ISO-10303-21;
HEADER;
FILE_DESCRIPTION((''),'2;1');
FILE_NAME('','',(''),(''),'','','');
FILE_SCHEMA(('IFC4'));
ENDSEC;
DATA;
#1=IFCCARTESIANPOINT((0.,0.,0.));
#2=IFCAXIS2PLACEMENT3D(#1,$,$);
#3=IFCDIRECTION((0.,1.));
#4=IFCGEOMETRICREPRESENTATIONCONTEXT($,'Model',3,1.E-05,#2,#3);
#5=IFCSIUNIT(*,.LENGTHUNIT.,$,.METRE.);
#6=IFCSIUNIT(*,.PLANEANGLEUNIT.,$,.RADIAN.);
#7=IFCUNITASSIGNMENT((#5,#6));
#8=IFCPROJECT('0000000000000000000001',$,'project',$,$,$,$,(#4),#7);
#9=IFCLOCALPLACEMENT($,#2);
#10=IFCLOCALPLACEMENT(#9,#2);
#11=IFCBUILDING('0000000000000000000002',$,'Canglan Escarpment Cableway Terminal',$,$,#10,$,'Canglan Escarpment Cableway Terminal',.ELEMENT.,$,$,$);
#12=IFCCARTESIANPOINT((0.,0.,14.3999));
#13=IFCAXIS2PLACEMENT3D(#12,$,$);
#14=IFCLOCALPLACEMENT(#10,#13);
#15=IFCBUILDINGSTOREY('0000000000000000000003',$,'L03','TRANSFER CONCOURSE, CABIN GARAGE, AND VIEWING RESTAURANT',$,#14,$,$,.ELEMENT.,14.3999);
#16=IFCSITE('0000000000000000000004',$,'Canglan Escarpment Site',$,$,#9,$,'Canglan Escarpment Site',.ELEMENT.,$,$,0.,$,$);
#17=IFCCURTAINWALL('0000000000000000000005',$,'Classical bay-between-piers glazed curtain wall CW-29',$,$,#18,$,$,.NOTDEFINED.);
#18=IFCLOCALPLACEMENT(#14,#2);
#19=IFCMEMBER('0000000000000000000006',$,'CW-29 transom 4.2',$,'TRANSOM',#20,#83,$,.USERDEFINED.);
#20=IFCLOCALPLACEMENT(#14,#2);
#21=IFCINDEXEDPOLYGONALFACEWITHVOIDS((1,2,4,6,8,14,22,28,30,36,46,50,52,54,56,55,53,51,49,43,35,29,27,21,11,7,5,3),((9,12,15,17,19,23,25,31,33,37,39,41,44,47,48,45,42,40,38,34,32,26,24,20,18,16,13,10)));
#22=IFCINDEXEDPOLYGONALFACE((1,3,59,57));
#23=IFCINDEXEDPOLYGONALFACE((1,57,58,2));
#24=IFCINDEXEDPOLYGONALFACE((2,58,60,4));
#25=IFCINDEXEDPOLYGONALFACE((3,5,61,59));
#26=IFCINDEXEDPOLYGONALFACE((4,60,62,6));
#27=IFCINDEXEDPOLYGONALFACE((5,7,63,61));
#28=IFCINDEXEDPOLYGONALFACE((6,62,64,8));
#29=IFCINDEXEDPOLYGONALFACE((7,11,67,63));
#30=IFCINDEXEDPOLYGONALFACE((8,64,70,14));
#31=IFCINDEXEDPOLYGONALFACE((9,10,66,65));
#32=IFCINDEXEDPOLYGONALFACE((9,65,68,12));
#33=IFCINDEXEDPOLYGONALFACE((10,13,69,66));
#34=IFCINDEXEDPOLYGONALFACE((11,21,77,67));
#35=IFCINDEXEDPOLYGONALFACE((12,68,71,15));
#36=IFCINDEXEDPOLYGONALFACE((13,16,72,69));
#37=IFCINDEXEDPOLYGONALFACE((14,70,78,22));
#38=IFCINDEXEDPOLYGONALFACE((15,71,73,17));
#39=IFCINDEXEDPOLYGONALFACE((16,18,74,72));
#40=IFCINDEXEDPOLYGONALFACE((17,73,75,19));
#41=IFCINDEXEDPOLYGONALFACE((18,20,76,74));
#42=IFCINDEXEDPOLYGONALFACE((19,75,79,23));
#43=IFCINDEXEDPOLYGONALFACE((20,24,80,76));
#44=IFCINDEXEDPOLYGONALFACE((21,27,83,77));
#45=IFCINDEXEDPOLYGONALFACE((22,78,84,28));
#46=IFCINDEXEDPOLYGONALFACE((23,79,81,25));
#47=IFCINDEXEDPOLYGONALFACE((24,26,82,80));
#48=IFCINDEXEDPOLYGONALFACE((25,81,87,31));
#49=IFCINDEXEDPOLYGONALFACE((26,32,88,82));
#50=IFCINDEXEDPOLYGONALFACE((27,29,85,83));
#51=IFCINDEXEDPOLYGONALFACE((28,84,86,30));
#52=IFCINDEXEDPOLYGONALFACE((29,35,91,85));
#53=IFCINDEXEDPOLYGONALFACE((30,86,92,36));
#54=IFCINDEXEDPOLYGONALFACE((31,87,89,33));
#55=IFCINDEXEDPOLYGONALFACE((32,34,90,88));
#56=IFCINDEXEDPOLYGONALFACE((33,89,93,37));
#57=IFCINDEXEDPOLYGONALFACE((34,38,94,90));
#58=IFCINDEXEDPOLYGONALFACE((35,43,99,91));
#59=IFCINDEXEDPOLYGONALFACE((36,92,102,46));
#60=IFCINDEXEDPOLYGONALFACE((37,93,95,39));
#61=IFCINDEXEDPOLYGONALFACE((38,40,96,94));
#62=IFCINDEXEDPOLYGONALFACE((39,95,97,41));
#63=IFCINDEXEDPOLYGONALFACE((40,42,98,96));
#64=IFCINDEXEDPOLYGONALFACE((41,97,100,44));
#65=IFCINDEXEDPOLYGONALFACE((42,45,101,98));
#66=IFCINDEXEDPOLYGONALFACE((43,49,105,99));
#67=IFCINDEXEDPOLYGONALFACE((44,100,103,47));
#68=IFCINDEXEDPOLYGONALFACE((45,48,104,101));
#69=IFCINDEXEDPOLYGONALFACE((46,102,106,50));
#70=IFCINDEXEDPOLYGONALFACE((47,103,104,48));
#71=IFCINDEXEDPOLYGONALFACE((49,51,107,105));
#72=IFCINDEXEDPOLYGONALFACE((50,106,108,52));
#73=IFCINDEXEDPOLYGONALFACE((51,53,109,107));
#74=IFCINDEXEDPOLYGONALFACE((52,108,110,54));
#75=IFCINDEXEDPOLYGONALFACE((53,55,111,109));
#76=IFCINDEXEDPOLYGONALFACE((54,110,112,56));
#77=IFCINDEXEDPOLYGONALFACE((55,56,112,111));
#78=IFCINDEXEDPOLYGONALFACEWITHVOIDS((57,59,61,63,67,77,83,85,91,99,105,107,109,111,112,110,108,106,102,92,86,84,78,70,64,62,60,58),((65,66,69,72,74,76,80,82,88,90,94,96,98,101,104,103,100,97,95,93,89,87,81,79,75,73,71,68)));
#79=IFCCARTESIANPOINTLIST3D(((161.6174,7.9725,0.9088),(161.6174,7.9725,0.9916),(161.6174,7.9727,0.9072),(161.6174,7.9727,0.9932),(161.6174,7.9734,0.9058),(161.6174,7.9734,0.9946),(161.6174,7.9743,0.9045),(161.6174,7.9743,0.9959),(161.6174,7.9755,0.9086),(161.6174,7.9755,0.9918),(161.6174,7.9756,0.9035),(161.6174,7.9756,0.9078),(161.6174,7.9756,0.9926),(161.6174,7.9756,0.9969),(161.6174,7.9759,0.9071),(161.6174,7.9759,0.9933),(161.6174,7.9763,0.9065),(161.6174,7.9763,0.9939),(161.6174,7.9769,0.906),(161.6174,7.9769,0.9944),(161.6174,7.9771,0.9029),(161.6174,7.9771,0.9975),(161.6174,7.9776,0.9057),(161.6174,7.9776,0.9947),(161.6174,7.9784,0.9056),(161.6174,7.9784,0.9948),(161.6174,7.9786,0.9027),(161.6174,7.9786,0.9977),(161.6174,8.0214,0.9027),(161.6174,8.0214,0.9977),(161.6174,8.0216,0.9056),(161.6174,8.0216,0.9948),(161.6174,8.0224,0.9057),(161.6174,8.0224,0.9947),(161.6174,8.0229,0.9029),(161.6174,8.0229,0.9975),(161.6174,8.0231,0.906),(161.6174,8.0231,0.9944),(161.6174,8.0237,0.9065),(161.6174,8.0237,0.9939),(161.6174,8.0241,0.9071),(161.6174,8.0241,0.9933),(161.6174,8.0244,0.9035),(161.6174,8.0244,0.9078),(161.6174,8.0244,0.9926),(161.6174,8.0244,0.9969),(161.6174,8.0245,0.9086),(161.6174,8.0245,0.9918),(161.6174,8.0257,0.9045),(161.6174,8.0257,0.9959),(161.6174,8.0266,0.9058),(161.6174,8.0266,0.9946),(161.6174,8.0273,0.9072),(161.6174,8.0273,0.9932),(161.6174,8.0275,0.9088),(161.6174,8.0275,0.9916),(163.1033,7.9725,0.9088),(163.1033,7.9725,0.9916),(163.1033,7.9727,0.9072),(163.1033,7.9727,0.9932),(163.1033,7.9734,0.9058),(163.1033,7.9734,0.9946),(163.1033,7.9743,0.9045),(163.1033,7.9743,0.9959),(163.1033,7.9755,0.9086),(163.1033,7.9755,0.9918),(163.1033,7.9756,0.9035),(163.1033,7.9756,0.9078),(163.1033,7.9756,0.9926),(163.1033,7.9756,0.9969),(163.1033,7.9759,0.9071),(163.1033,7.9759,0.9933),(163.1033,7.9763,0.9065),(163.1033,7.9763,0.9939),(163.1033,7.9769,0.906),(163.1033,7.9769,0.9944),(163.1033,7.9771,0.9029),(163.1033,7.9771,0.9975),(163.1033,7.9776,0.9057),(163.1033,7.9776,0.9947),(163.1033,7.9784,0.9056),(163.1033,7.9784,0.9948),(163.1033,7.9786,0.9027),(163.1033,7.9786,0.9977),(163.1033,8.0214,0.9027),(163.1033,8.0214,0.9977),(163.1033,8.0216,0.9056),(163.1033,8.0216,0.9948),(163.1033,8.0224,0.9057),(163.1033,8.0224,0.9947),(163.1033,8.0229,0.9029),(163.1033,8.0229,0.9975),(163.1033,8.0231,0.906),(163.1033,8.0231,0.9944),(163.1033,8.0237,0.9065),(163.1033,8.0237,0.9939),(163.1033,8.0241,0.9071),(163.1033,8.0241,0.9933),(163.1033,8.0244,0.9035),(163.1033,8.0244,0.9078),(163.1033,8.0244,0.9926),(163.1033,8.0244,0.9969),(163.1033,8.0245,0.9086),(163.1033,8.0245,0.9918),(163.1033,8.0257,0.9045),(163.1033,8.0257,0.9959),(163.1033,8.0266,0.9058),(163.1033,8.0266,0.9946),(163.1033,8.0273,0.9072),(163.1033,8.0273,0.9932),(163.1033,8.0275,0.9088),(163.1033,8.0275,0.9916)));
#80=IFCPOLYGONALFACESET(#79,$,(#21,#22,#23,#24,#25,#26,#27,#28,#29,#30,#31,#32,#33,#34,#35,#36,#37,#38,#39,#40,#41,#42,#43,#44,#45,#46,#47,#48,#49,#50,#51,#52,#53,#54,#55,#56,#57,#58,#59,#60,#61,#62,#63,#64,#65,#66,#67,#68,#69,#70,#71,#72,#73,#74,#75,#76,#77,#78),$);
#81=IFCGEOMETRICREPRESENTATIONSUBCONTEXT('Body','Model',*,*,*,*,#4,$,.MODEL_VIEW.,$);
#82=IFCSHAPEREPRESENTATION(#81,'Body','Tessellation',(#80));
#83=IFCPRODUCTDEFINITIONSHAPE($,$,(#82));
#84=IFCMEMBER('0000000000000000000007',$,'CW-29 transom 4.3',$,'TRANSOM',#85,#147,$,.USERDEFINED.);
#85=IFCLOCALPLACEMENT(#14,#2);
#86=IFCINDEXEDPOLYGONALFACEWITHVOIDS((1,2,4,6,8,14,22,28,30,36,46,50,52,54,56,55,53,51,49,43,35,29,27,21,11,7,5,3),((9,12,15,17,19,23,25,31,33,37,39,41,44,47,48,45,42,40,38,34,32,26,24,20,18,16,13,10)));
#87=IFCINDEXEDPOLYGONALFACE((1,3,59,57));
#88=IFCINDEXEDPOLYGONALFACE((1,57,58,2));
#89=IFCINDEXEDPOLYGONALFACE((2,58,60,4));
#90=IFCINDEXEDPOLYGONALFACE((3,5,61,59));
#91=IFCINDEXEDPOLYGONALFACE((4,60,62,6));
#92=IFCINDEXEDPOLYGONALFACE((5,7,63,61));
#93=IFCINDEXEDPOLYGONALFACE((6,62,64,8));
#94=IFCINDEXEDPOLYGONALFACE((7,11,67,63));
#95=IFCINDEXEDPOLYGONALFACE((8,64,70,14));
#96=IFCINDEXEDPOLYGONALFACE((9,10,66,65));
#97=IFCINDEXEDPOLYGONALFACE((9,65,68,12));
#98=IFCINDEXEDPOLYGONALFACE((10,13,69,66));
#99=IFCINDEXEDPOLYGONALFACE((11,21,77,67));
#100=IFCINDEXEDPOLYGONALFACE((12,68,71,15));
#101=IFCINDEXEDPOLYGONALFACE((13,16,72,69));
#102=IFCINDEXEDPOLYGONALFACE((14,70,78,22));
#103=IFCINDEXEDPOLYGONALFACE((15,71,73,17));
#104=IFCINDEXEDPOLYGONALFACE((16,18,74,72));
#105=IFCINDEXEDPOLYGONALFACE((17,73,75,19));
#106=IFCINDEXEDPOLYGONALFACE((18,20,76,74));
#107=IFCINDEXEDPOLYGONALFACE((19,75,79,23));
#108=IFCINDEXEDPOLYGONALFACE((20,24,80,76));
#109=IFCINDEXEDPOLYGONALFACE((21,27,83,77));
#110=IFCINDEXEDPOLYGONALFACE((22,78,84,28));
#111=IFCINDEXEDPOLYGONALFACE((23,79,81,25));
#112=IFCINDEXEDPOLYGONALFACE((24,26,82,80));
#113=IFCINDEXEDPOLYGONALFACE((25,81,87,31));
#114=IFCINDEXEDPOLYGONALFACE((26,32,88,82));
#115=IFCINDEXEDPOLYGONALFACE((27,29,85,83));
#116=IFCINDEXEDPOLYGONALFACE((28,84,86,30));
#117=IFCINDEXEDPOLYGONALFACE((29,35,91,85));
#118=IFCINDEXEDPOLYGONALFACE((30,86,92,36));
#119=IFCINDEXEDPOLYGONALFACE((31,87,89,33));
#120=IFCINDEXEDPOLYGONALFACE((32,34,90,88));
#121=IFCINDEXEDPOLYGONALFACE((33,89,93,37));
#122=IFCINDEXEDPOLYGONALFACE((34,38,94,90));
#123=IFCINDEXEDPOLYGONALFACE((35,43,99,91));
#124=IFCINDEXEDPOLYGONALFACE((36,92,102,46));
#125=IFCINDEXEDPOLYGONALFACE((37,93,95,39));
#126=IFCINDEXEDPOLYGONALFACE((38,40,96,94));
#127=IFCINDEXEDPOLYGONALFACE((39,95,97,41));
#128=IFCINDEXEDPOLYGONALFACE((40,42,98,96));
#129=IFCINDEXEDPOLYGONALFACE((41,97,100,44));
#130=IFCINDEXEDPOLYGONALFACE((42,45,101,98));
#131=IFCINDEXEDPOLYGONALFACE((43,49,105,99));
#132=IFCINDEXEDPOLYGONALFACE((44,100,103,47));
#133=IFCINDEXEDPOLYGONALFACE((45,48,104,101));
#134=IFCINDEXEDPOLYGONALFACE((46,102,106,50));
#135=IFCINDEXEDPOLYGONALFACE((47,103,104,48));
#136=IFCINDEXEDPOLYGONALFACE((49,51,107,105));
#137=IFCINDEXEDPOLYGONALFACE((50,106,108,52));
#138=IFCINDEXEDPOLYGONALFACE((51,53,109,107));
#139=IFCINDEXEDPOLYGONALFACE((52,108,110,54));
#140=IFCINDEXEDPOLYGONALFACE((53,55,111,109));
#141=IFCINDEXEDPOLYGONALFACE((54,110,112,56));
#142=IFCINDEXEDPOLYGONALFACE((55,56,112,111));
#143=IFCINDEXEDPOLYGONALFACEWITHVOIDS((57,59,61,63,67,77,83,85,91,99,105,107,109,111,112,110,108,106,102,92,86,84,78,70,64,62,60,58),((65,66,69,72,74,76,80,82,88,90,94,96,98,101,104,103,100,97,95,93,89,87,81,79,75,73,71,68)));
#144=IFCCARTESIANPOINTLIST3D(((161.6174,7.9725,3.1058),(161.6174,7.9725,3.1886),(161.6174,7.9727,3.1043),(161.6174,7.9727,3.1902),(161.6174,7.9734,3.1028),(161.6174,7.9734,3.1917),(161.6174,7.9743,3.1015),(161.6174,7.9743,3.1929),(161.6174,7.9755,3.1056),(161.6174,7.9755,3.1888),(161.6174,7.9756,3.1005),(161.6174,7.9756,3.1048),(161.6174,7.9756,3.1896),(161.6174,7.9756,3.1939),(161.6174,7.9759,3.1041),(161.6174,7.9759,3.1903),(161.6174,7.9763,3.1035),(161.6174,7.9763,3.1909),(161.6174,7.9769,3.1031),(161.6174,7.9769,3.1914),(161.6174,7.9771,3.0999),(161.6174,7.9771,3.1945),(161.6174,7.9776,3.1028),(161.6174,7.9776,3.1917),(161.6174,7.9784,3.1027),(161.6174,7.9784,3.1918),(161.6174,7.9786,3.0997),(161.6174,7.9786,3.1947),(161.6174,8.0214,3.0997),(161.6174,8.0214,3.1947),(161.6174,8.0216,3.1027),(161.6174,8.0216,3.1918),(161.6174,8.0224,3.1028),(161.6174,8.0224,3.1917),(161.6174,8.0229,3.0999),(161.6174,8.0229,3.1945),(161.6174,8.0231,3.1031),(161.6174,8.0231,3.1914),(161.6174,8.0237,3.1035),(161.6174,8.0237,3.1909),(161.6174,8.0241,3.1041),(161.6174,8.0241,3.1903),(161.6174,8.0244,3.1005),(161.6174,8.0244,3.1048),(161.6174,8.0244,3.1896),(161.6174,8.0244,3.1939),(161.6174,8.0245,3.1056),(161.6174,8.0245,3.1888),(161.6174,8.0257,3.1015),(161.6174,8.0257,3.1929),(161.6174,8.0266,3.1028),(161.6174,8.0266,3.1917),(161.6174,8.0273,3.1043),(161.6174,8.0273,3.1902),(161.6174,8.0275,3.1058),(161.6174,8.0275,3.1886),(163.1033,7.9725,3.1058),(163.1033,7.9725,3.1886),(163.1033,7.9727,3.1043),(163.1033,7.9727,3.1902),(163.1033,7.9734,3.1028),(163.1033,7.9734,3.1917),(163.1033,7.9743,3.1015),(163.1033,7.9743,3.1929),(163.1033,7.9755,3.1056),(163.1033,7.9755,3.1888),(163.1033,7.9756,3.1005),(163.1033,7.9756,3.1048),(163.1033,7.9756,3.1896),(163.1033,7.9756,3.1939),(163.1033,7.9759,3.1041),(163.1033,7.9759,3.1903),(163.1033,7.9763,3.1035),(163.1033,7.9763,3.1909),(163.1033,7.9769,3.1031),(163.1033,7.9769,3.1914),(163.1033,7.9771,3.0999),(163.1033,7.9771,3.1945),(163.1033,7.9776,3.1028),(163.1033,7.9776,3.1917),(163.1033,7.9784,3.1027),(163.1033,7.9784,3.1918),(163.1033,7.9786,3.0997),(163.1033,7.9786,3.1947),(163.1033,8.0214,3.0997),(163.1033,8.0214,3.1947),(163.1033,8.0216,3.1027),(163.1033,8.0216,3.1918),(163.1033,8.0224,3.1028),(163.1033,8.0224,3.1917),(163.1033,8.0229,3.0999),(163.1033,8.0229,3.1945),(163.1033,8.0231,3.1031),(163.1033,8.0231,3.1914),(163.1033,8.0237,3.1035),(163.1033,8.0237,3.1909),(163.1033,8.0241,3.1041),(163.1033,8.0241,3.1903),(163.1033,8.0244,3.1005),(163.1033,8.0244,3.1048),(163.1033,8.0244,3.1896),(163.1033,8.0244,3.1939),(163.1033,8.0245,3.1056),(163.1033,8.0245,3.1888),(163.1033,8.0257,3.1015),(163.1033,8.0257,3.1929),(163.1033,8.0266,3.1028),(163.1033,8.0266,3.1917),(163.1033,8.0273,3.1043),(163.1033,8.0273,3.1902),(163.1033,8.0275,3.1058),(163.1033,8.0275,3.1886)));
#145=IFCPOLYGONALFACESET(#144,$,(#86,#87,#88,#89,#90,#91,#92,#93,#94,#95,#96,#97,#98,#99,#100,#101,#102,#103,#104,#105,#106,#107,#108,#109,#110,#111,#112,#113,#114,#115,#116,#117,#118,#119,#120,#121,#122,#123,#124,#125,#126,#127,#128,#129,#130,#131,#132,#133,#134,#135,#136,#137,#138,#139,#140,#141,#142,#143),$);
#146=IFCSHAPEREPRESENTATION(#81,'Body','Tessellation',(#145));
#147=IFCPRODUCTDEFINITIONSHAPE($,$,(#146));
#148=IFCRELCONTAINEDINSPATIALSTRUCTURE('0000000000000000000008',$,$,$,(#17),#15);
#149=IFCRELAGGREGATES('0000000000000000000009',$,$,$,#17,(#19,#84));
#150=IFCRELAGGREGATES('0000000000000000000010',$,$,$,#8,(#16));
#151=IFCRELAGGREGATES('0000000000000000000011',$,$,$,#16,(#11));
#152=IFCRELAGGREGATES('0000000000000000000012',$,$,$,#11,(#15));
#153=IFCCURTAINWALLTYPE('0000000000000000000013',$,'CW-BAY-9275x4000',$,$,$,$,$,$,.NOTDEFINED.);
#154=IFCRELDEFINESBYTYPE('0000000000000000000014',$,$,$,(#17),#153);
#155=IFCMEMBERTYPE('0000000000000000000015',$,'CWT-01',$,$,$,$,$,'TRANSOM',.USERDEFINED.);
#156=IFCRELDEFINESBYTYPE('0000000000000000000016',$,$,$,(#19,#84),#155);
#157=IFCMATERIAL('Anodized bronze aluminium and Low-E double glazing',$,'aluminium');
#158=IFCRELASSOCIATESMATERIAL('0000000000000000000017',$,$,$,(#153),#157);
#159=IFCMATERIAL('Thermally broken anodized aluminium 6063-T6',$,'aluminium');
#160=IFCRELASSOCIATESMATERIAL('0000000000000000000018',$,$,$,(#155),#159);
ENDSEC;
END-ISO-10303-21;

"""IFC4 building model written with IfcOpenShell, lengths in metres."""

from ifc_helpers import new_model, si_unit, direction, frame, origin, origin_2d, place, context, subcontext, project, spatial, hollow_rectangle, extrude, material, material_profile, profile_set, type_object, element, aggregate, save


model = new_model("IFC4")

# Units and contexts
model_context = context("Model", 3, precision=1e-05, world=origin(), true_north=direction((0.0, 1.0)))
body_context = subcontext(model_context, "Body", "Model", "MODEL_VIEW")
ifc_project = project(units=[si_unit("LENGTHUNIT", "METRE"), si_unit("PLANEANGLEUNIT", "RADIAN")], contexts=[model_context])

# Site, building, storey
site_placement = place(None, origin())
site = spatial("IfcSite", under=ifc_project, at=site_placement, Name="Canglan Escarpment Site", LongName="Canglan Escarpment Site", CompositionType="ELEMENT", RefElevation=0.0)
building_placement = place(site_placement, origin())
building = spatial("IfcBuilding", under=site, at=building_placement, Name="Canglan Escarpment Cableway Terminal", LongName="Canglan Escarpment Cableway Terminal", CompositionType="ELEMENT")
storey_placement = place(building_placement, frame((0.0, 0.0, 14.3999)))
storey = spatial("IfcBuildingStorey", under=building, at=storey_placement, Name="L03", Description="TRANSFER CONCOURSE, CABIN GARAGE, AND VIEWING RESTAURANT", CompositionType="ELEMENT", Elevation=14.3999)

# Curtain wall, members
ifc_material_1 = material(Name="Anodized bronze aluminium and Low-E double glazing", Category="aluminium")
curtain_wall_type = type_object("IfcCurtainWallType", Name="CW-BAY-9275x4000", PredefinedType="NOTDEFINED", material=ifc_material_1)
curtain_wall_placement = place(storey_placement, origin())
curtain_wall = element("IfcCurtainWall", 1, at=curtain_wall_placement, inside=storey, type_object=curtain_wall_type, Name="Classical bay-between-piers glazed curtain wall CW-29", PredefinedType="NOTDEFINED")
ifc_material_2 = material(Name="Thermally broken anodized aluminium 6063-T6", Category="aluminium")
ifc_material_profile_1 = material_profile(ifc_material_2, hollow_rectangle(XDim=0.0549, YDim=0.095, WallThickness=0.0029, InnerFilletRadius=0.0029, OuterFilletRadius=0.0061, at=origin_2d()), Name="ALU-TRAN 55x95x3")
ifc_profile_set_1 = profile_set([ifc_material_profile_1], Name="Thermally broken anodized aluminium 6063-T6")
member_type_1 = type_object("IfcMemberType", Name="CWT-01", ElementType="TRANSOM", PredefinedType="USERDEFINED", material=ifc_profile_set_1)
member_1_placement = place(storey_placement, frame((161.6174, 8.0, 0.9502), z_axis=(1.0, 0.0, 0.0), x_axis=(0.0, 1.0, 0.0)))
member_1 = element("IfcMember", 2, at=member_1_placement, type_object=member_type_1, Name="CW-29 transom 4.2", ObjectType="TRANSOM", PredefinedType="USERDEFINED", context=body_context, shape_type="SweptSolid", body=[
    extrude(hollow_rectangle(XDim=0.0549, YDim=0.095, WallThickness=0.0029, InnerFilletRadius=0.0029, OuterFilletRadius=0.0061, at=origin_2d()), origin(), (0.0, 0.0, 1.0), 1.4858),
])
member_2_placement = place(storey_placement, frame((161.6174, 8.0, 3.1472), z_axis=(1.0, 0.0, 0.0), x_axis=(0.0, 1.0, 0.0)))
member_2 = element("IfcMember", 3, at=member_2_placement, type_object=member_type_1, Name="CW-29 transom 4.3", ObjectType="TRANSOM", PredefinedType="USERDEFINED", context=body_context, shape_type="SweptSolid", body=[
    extrude(hollow_rectangle(XDim=0.0549, YDim=0.095, WallThickness=0.0029, InnerFilletRadius=0.0029, OuterFilletRadius=0.0061, at=origin_2d()), origin(), (0.0, 0.0, 1.0), 1.4858),
])
aggregate(curtain_wall, [member_1, member_2])

save(model, "model.ifc")
